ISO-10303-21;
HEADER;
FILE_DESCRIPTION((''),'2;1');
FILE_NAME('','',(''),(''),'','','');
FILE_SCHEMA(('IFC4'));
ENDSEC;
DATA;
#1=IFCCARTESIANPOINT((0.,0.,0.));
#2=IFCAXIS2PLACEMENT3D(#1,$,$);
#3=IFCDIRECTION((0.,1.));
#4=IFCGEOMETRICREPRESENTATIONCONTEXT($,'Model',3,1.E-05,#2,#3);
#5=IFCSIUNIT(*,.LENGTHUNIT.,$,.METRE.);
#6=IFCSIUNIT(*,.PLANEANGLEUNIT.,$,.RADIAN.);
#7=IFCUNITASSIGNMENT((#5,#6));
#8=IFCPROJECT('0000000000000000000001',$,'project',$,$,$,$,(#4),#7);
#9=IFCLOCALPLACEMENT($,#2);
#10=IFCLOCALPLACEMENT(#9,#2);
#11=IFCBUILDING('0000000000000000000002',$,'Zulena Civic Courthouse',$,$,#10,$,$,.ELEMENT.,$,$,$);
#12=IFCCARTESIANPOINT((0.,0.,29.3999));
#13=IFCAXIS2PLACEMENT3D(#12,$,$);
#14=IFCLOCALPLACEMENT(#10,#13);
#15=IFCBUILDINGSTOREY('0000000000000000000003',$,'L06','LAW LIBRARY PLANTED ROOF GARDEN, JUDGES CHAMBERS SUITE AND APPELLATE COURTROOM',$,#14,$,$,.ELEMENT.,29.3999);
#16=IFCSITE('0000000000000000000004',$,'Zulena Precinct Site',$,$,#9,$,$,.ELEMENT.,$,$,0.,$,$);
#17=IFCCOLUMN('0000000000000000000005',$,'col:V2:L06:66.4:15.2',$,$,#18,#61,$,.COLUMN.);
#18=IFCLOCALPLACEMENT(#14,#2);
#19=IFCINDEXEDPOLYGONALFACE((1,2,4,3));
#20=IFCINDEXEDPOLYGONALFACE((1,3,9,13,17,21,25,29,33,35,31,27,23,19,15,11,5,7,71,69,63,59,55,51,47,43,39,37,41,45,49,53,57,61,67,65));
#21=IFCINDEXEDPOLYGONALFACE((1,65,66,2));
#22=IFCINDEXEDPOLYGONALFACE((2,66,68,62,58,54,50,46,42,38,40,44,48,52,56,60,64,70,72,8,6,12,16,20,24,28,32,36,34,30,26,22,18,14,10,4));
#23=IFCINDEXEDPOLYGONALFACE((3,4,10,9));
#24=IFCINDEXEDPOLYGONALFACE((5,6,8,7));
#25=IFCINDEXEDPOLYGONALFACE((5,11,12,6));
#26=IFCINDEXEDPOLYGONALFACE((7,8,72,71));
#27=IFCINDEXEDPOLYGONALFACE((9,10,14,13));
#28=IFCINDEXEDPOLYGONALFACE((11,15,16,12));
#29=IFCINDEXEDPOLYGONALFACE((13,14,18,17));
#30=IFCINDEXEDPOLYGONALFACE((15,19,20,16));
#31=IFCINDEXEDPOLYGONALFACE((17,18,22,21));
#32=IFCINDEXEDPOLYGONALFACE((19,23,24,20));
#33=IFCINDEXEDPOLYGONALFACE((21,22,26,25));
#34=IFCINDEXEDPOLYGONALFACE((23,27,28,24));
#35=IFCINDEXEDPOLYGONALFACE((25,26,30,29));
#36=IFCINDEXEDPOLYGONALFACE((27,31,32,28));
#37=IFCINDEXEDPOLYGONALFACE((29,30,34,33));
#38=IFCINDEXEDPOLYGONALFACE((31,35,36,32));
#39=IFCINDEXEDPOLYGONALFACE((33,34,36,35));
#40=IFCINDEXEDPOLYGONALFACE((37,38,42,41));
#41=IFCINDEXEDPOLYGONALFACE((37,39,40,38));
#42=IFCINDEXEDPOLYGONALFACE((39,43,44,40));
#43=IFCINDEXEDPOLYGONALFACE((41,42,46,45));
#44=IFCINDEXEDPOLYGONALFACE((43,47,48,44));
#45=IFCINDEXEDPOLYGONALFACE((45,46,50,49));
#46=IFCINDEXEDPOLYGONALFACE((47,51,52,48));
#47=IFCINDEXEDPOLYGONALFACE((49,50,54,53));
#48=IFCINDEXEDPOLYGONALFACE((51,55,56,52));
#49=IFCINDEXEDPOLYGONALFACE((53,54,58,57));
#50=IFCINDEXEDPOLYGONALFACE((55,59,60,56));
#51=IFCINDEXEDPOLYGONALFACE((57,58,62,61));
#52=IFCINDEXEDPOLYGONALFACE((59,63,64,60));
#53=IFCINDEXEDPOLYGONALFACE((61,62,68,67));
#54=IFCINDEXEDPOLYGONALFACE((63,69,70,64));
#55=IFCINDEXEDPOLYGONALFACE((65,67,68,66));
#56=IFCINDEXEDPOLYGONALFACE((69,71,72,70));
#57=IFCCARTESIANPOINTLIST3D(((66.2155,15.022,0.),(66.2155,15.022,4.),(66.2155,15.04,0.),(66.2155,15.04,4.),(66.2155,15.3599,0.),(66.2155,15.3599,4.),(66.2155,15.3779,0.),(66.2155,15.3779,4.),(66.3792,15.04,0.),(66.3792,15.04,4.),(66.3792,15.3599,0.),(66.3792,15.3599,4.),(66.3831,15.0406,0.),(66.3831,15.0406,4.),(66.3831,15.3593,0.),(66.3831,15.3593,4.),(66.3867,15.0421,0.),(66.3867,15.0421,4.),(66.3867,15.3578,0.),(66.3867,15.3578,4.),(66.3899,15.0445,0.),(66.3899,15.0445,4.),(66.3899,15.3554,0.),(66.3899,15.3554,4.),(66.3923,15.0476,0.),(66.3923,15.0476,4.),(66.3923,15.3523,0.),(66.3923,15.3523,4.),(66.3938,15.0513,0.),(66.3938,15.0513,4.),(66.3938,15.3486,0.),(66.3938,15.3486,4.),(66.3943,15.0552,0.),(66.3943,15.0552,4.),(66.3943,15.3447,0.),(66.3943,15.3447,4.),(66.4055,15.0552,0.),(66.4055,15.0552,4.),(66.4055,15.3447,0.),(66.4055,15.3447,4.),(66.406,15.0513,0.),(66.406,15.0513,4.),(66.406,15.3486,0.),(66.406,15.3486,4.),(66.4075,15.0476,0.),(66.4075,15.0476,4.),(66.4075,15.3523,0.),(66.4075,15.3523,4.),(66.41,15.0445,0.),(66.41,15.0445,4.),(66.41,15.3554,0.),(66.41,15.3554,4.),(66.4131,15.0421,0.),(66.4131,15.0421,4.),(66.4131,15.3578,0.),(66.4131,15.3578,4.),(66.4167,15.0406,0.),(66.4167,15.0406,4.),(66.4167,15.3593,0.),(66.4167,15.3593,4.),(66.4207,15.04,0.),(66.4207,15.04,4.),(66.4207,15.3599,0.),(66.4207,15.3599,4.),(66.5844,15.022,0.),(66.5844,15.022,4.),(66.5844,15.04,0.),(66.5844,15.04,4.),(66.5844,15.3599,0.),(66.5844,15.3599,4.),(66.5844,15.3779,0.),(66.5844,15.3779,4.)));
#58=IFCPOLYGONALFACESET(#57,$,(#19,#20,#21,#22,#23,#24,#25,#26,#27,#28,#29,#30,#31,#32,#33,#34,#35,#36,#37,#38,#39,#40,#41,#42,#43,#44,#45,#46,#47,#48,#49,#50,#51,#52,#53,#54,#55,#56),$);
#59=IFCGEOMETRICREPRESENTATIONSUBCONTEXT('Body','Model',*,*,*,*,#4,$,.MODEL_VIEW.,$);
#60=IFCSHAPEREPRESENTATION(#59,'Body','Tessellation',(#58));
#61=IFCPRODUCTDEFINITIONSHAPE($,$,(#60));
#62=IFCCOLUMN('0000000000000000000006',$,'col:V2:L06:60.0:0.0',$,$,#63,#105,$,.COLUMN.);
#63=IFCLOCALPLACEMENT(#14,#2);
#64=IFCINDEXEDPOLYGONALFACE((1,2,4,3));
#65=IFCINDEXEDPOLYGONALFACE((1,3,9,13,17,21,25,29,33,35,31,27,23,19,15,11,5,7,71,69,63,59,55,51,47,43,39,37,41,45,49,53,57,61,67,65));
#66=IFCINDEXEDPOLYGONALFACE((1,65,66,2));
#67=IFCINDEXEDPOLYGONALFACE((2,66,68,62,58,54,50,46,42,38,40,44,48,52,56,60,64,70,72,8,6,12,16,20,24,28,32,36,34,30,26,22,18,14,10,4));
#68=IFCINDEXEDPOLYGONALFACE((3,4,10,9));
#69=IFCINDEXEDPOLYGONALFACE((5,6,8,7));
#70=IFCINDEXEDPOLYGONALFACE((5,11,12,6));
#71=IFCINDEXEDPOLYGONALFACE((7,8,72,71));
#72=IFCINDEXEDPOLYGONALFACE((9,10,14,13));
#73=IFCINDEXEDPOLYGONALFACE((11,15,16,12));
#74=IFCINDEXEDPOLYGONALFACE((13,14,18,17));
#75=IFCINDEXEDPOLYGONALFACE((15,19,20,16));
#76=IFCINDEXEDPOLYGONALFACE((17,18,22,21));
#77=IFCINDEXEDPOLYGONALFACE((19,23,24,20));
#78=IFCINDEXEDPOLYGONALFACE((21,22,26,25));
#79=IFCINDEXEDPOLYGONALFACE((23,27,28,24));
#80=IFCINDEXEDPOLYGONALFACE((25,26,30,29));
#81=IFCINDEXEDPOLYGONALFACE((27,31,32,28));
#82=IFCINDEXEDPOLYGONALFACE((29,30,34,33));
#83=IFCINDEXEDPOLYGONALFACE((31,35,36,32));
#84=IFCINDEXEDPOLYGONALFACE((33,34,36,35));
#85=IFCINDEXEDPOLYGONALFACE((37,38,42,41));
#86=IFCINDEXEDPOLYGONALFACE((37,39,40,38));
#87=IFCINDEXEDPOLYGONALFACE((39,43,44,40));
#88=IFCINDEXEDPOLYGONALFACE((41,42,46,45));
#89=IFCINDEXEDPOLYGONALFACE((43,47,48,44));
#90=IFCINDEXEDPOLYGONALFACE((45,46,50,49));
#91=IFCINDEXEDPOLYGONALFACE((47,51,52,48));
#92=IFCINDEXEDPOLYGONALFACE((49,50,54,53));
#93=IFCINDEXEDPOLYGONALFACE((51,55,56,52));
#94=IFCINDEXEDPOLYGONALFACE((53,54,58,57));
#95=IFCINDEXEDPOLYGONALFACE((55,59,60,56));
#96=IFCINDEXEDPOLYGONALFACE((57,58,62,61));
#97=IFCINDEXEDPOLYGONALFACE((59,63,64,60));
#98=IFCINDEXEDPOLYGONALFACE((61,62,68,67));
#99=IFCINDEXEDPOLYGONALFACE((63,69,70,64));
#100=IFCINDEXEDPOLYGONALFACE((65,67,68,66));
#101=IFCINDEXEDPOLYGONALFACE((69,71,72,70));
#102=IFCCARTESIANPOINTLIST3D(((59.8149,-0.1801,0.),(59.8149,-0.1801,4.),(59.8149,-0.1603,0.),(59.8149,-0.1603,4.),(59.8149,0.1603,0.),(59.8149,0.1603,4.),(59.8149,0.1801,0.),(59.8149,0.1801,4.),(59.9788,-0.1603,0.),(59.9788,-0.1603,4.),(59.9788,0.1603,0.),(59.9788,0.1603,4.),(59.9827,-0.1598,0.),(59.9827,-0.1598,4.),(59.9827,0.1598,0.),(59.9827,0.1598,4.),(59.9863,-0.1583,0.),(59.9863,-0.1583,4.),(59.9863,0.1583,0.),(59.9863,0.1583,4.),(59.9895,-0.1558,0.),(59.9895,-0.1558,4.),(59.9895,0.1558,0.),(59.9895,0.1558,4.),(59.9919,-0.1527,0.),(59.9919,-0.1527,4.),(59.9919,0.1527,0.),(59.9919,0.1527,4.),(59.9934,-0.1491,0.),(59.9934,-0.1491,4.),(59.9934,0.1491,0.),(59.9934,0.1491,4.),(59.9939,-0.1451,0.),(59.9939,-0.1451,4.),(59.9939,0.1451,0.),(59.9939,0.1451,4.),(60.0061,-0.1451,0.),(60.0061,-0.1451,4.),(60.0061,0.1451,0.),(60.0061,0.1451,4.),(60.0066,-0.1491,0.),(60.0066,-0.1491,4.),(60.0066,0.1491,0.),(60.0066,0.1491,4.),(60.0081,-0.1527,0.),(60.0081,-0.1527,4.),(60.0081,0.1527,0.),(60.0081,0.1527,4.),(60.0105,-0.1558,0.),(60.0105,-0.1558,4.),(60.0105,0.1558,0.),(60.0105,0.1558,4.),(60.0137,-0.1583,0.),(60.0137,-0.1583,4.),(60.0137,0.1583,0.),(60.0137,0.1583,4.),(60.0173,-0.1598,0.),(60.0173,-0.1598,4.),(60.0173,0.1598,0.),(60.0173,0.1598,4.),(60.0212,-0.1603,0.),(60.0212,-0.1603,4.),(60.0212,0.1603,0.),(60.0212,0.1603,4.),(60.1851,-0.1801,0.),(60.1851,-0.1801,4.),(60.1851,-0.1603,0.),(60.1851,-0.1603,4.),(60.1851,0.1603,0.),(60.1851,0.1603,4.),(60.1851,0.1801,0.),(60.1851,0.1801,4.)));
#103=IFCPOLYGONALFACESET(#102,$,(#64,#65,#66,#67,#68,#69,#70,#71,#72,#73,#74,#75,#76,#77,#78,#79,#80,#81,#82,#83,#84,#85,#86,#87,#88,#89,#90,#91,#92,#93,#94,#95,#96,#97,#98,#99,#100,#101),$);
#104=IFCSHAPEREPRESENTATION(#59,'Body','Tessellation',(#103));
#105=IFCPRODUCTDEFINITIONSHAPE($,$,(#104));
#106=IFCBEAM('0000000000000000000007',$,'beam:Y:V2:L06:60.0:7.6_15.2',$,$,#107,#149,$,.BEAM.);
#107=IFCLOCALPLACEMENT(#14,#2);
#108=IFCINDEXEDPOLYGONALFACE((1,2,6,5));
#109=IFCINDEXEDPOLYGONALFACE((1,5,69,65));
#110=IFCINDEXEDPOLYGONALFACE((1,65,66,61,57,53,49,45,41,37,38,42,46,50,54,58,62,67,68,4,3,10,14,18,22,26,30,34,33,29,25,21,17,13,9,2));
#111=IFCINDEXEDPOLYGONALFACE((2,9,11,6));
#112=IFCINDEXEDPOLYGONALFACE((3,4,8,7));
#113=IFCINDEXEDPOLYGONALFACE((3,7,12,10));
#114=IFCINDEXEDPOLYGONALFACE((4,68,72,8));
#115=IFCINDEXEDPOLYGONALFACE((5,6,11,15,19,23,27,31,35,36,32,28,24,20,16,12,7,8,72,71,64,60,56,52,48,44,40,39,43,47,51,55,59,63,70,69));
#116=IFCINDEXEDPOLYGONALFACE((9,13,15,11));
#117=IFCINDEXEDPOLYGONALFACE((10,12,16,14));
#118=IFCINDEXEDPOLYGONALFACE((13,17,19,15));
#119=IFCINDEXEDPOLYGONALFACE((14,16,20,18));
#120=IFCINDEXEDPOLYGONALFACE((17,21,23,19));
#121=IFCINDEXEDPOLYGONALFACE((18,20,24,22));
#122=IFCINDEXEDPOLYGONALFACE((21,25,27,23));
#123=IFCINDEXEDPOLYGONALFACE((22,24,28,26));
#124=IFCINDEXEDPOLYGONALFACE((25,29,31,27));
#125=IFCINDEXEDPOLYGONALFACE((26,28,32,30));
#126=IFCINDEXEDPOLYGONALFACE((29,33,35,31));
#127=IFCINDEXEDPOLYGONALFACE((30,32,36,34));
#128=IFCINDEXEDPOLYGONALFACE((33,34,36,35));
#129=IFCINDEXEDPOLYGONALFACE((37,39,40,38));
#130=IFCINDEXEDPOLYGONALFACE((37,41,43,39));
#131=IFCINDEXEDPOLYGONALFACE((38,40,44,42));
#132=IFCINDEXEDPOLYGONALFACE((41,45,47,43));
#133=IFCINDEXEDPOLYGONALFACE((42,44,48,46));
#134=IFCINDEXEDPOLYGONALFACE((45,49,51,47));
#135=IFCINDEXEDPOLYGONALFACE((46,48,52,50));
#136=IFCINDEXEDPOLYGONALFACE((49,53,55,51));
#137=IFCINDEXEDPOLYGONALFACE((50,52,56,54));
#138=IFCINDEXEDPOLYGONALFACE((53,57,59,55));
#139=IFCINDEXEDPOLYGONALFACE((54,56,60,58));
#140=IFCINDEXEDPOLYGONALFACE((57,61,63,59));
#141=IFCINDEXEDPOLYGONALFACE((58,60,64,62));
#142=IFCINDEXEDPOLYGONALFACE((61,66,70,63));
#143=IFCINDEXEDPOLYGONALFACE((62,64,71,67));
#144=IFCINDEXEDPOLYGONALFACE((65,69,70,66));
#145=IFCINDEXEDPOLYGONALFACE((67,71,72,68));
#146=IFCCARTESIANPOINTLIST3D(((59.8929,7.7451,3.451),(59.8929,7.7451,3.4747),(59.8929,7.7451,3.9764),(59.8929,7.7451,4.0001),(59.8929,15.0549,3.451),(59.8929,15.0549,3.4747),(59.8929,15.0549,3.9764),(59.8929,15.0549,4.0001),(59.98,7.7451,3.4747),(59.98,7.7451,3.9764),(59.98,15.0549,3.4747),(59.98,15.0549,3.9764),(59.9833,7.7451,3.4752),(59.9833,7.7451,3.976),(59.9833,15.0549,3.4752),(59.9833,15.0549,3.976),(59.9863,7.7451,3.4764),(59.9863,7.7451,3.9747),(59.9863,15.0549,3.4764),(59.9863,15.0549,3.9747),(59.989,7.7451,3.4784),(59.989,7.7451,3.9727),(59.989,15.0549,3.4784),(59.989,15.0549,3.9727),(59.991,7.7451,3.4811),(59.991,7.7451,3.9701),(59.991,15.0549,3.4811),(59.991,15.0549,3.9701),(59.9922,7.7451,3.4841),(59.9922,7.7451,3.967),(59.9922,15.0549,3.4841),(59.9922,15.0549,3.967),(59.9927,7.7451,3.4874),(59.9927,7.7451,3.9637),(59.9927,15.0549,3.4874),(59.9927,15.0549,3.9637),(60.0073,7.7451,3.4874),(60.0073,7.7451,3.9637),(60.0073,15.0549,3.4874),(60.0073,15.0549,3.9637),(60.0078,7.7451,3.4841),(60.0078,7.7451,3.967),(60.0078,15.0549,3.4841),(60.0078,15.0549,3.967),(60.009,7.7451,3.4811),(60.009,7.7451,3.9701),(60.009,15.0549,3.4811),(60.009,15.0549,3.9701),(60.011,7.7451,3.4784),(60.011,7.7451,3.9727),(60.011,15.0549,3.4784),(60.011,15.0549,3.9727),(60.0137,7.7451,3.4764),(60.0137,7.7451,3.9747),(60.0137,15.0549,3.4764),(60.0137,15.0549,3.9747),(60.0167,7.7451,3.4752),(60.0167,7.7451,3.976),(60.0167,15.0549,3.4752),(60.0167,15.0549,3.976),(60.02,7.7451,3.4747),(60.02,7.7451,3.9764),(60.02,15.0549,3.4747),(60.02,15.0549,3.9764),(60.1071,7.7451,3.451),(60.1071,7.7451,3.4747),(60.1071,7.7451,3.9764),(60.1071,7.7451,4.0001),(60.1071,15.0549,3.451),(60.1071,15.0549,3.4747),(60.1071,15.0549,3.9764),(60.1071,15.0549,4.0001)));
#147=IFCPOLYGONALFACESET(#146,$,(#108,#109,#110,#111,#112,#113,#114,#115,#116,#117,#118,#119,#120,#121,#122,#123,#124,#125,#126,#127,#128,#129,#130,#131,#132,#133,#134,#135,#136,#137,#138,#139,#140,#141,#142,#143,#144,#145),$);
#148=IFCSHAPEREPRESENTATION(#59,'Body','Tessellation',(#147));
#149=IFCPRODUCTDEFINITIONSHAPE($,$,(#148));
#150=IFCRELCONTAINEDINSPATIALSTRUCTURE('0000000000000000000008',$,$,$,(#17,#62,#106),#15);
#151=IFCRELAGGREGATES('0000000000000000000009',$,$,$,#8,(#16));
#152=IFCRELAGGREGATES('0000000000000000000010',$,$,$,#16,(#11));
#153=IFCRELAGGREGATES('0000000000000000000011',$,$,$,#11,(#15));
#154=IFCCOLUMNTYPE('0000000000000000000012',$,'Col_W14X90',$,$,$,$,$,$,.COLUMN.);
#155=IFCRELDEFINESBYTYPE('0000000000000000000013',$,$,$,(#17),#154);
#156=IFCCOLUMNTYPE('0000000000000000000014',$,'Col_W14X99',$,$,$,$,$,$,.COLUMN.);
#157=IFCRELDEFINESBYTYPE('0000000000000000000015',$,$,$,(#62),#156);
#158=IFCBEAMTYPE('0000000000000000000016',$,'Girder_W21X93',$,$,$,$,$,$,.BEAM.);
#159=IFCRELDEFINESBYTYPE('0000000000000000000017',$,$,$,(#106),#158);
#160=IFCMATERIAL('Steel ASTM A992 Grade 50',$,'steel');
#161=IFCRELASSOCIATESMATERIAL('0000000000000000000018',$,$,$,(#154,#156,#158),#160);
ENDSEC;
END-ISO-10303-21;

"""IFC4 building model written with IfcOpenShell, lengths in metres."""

from ifc_helpers import new_model, si_unit, direction, frame, origin, origin_2d, place, context, subcontext, project, spatial, i_section, extrude, material, material_profile, profile_set, type_object, element, save


model = new_model("IFC4")

# Units and contexts
model_context = context("Model", 3, precision=1e-05, world=origin(), true_north=direction((0.0, 1.0)))
body_context = subcontext(model_context, "Body", "Model", "MODEL_VIEW")
ifc_project = project(units=[si_unit("LENGTHUNIT", "METRE"), si_unit("PLANEANGLEUNIT", "RADIAN")], contexts=[model_context])

# Site, building, storey
site_placement = place(None, origin())
site = spatial("IfcSite", under=ifc_project, at=site_placement, Name="Zulena Precinct Site", CompositionType="ELEMENT", RefElevation=0.0)
building_placement = place(site_placement, origin())
building = spatial("IfcBuilding", under=site, at=building_placement, Name="Zulena Civic Courthouse", CompositionType="ELEMENT")
storey_placement = place(building_placement, frame((0.0, 0.0, 29.3999)))
storey = spatial("IfcBuildingStorey", under=building, at=storey_placement, Name="L06", Description="LAW LIBRARY PLANTED ROOF GARDEN, JUDGES CHAMBERS SUITE AND APPELLATE COURTROOM", CompositionType="ELEMENT", Elevation=29.3999)

# Columns
ifc_material_1 = material(Name="Steel ASTM A992 Grade 50", Category="steel")
ifc_material_profile_1 = material_profile(ifc_material_1, i_section(OverallWidth=0.3689, OverallDepth=0.356, WebThickness=0.0112, FlangeThickness=0.0181, FilletRadius=0.0151, at=origin_2d()), Name="W14X90")
ifc_profile_set_1 = profile_set([ifc_material_profile_1], Name="Steel ASTM A992 Grade 50")
column_type_1 = type_object("IfcColumnType", Name="Col_W14X90", PredefinedType="COLUMN", material=ifc_profile_set_1)
for number, where, z_axis, x_axis, name in (
    (1, (66.3999, 15.2, 0.0), (0.0, 0.0, 1.0), (1.0, 0.0, 0.0), "col:V2:L06:66.4:15.2"),
):
    element("IfcColumn", number, at=place(storey_placement, frame(where, z_axis=z_axis, x_axis=x_axis)), inside=storey, type_object=column_type_1, Name=name, PredefinedType="COLUMN", context=body_context, shape_type="SweptSolid", body=[
        extrude(i_section(OverallWidth=0.3689, OverallDepth=0.356, WebThickness=0.0112, FlangeThickness=0.0181, FilletRadius=0.0151, at=origin_2d()), origin(), (0.0, 0.0, 1.0), 4.0),
    ])
ifc_material_profile_2 = material_profile(ifc_material_1, i_section(OverallWidth=0.3701, OverallDepth=0.3601, WebThickness=0.0122, FlangeThickness=0.0198, FilletRadius=0.0151, at=origin_2d()), Name="W14X99")
ifc_profile_set_2 = profile_set([ifc_material_profile_2], Name="Steel ASTM A992 Grade 50")
column_type_2 = type_object("IfcColumnType", Name="Col_W14X99", PredefinedType="COLUMN", material=ifc_profile_set_2)
column_placement = place(storey_placement, frame((60.0, 0.0, 0.0), z_axis=(0.0, 0.0, 1.0), x_axis=(1.0, 0.0, 0.0)))
element("IfcColumn", 2, at=column_placement, inside=storey, type_object=column_type_2, Name="col:V2:L06:60.0:0.0", PredefinedType="COLUMN", context=body_context, shape_type="SweptSolid", body=[
    extrude(i_section(OverallWidth=0.3701, OverallDepth=0.3601, WebThickness=0.0122, FlangeThickness=0.0198, FilletRadius=0.0151, at=origin_2d()), origin(), (0.0, 0.0, 1.0), 4.0),
])

# Beam
ifc_material_profile_3 = material_profile(ifc_material_1, i_section(OverallWidth=0.2141, OverallDepth=0.5491, WebThickness=0.0146, FlangeThickness=0.0237, FilletRadius=0.0127, at=origin_2d()), Name="W21X93")
ifc_profile_set_3 = profile_set([ifc_material_profile_3], Name="Steel ASTM A992 Grade 50")
beam_type_1 = type_object("IfcBeamType", Name="Girder_W21X93", PredefinedType="BEAM", material=ifc_profile_set_3)
beam_1_placement = place(storey_placement, frame((60.0, 7.7451, 3.7256), z_axis=(0.0, 1.0, 0.0), x_axis=(-1.0, 0.0, 0.0)))
element("IfcBeam", 3, at=beam_1_placement, inside=storey, type_object=beam_type_1, Name="beam:Y:V2:L06:60.0:7.6_15.2", PredefinedType="BEAM", context=body_context, shape_type="SweptSolid", body=[
    extrude(i_section(OverallWidth=0.2141, OverallDepth=0.5491, WebThickness=0.0146, FlangeThickness=0.0237, FilletRadius=0.0127, at=origin_2d()), origin(), (0.0, 0.0, 1.0), 7.3098),
])

save(model, "model.ifc")
